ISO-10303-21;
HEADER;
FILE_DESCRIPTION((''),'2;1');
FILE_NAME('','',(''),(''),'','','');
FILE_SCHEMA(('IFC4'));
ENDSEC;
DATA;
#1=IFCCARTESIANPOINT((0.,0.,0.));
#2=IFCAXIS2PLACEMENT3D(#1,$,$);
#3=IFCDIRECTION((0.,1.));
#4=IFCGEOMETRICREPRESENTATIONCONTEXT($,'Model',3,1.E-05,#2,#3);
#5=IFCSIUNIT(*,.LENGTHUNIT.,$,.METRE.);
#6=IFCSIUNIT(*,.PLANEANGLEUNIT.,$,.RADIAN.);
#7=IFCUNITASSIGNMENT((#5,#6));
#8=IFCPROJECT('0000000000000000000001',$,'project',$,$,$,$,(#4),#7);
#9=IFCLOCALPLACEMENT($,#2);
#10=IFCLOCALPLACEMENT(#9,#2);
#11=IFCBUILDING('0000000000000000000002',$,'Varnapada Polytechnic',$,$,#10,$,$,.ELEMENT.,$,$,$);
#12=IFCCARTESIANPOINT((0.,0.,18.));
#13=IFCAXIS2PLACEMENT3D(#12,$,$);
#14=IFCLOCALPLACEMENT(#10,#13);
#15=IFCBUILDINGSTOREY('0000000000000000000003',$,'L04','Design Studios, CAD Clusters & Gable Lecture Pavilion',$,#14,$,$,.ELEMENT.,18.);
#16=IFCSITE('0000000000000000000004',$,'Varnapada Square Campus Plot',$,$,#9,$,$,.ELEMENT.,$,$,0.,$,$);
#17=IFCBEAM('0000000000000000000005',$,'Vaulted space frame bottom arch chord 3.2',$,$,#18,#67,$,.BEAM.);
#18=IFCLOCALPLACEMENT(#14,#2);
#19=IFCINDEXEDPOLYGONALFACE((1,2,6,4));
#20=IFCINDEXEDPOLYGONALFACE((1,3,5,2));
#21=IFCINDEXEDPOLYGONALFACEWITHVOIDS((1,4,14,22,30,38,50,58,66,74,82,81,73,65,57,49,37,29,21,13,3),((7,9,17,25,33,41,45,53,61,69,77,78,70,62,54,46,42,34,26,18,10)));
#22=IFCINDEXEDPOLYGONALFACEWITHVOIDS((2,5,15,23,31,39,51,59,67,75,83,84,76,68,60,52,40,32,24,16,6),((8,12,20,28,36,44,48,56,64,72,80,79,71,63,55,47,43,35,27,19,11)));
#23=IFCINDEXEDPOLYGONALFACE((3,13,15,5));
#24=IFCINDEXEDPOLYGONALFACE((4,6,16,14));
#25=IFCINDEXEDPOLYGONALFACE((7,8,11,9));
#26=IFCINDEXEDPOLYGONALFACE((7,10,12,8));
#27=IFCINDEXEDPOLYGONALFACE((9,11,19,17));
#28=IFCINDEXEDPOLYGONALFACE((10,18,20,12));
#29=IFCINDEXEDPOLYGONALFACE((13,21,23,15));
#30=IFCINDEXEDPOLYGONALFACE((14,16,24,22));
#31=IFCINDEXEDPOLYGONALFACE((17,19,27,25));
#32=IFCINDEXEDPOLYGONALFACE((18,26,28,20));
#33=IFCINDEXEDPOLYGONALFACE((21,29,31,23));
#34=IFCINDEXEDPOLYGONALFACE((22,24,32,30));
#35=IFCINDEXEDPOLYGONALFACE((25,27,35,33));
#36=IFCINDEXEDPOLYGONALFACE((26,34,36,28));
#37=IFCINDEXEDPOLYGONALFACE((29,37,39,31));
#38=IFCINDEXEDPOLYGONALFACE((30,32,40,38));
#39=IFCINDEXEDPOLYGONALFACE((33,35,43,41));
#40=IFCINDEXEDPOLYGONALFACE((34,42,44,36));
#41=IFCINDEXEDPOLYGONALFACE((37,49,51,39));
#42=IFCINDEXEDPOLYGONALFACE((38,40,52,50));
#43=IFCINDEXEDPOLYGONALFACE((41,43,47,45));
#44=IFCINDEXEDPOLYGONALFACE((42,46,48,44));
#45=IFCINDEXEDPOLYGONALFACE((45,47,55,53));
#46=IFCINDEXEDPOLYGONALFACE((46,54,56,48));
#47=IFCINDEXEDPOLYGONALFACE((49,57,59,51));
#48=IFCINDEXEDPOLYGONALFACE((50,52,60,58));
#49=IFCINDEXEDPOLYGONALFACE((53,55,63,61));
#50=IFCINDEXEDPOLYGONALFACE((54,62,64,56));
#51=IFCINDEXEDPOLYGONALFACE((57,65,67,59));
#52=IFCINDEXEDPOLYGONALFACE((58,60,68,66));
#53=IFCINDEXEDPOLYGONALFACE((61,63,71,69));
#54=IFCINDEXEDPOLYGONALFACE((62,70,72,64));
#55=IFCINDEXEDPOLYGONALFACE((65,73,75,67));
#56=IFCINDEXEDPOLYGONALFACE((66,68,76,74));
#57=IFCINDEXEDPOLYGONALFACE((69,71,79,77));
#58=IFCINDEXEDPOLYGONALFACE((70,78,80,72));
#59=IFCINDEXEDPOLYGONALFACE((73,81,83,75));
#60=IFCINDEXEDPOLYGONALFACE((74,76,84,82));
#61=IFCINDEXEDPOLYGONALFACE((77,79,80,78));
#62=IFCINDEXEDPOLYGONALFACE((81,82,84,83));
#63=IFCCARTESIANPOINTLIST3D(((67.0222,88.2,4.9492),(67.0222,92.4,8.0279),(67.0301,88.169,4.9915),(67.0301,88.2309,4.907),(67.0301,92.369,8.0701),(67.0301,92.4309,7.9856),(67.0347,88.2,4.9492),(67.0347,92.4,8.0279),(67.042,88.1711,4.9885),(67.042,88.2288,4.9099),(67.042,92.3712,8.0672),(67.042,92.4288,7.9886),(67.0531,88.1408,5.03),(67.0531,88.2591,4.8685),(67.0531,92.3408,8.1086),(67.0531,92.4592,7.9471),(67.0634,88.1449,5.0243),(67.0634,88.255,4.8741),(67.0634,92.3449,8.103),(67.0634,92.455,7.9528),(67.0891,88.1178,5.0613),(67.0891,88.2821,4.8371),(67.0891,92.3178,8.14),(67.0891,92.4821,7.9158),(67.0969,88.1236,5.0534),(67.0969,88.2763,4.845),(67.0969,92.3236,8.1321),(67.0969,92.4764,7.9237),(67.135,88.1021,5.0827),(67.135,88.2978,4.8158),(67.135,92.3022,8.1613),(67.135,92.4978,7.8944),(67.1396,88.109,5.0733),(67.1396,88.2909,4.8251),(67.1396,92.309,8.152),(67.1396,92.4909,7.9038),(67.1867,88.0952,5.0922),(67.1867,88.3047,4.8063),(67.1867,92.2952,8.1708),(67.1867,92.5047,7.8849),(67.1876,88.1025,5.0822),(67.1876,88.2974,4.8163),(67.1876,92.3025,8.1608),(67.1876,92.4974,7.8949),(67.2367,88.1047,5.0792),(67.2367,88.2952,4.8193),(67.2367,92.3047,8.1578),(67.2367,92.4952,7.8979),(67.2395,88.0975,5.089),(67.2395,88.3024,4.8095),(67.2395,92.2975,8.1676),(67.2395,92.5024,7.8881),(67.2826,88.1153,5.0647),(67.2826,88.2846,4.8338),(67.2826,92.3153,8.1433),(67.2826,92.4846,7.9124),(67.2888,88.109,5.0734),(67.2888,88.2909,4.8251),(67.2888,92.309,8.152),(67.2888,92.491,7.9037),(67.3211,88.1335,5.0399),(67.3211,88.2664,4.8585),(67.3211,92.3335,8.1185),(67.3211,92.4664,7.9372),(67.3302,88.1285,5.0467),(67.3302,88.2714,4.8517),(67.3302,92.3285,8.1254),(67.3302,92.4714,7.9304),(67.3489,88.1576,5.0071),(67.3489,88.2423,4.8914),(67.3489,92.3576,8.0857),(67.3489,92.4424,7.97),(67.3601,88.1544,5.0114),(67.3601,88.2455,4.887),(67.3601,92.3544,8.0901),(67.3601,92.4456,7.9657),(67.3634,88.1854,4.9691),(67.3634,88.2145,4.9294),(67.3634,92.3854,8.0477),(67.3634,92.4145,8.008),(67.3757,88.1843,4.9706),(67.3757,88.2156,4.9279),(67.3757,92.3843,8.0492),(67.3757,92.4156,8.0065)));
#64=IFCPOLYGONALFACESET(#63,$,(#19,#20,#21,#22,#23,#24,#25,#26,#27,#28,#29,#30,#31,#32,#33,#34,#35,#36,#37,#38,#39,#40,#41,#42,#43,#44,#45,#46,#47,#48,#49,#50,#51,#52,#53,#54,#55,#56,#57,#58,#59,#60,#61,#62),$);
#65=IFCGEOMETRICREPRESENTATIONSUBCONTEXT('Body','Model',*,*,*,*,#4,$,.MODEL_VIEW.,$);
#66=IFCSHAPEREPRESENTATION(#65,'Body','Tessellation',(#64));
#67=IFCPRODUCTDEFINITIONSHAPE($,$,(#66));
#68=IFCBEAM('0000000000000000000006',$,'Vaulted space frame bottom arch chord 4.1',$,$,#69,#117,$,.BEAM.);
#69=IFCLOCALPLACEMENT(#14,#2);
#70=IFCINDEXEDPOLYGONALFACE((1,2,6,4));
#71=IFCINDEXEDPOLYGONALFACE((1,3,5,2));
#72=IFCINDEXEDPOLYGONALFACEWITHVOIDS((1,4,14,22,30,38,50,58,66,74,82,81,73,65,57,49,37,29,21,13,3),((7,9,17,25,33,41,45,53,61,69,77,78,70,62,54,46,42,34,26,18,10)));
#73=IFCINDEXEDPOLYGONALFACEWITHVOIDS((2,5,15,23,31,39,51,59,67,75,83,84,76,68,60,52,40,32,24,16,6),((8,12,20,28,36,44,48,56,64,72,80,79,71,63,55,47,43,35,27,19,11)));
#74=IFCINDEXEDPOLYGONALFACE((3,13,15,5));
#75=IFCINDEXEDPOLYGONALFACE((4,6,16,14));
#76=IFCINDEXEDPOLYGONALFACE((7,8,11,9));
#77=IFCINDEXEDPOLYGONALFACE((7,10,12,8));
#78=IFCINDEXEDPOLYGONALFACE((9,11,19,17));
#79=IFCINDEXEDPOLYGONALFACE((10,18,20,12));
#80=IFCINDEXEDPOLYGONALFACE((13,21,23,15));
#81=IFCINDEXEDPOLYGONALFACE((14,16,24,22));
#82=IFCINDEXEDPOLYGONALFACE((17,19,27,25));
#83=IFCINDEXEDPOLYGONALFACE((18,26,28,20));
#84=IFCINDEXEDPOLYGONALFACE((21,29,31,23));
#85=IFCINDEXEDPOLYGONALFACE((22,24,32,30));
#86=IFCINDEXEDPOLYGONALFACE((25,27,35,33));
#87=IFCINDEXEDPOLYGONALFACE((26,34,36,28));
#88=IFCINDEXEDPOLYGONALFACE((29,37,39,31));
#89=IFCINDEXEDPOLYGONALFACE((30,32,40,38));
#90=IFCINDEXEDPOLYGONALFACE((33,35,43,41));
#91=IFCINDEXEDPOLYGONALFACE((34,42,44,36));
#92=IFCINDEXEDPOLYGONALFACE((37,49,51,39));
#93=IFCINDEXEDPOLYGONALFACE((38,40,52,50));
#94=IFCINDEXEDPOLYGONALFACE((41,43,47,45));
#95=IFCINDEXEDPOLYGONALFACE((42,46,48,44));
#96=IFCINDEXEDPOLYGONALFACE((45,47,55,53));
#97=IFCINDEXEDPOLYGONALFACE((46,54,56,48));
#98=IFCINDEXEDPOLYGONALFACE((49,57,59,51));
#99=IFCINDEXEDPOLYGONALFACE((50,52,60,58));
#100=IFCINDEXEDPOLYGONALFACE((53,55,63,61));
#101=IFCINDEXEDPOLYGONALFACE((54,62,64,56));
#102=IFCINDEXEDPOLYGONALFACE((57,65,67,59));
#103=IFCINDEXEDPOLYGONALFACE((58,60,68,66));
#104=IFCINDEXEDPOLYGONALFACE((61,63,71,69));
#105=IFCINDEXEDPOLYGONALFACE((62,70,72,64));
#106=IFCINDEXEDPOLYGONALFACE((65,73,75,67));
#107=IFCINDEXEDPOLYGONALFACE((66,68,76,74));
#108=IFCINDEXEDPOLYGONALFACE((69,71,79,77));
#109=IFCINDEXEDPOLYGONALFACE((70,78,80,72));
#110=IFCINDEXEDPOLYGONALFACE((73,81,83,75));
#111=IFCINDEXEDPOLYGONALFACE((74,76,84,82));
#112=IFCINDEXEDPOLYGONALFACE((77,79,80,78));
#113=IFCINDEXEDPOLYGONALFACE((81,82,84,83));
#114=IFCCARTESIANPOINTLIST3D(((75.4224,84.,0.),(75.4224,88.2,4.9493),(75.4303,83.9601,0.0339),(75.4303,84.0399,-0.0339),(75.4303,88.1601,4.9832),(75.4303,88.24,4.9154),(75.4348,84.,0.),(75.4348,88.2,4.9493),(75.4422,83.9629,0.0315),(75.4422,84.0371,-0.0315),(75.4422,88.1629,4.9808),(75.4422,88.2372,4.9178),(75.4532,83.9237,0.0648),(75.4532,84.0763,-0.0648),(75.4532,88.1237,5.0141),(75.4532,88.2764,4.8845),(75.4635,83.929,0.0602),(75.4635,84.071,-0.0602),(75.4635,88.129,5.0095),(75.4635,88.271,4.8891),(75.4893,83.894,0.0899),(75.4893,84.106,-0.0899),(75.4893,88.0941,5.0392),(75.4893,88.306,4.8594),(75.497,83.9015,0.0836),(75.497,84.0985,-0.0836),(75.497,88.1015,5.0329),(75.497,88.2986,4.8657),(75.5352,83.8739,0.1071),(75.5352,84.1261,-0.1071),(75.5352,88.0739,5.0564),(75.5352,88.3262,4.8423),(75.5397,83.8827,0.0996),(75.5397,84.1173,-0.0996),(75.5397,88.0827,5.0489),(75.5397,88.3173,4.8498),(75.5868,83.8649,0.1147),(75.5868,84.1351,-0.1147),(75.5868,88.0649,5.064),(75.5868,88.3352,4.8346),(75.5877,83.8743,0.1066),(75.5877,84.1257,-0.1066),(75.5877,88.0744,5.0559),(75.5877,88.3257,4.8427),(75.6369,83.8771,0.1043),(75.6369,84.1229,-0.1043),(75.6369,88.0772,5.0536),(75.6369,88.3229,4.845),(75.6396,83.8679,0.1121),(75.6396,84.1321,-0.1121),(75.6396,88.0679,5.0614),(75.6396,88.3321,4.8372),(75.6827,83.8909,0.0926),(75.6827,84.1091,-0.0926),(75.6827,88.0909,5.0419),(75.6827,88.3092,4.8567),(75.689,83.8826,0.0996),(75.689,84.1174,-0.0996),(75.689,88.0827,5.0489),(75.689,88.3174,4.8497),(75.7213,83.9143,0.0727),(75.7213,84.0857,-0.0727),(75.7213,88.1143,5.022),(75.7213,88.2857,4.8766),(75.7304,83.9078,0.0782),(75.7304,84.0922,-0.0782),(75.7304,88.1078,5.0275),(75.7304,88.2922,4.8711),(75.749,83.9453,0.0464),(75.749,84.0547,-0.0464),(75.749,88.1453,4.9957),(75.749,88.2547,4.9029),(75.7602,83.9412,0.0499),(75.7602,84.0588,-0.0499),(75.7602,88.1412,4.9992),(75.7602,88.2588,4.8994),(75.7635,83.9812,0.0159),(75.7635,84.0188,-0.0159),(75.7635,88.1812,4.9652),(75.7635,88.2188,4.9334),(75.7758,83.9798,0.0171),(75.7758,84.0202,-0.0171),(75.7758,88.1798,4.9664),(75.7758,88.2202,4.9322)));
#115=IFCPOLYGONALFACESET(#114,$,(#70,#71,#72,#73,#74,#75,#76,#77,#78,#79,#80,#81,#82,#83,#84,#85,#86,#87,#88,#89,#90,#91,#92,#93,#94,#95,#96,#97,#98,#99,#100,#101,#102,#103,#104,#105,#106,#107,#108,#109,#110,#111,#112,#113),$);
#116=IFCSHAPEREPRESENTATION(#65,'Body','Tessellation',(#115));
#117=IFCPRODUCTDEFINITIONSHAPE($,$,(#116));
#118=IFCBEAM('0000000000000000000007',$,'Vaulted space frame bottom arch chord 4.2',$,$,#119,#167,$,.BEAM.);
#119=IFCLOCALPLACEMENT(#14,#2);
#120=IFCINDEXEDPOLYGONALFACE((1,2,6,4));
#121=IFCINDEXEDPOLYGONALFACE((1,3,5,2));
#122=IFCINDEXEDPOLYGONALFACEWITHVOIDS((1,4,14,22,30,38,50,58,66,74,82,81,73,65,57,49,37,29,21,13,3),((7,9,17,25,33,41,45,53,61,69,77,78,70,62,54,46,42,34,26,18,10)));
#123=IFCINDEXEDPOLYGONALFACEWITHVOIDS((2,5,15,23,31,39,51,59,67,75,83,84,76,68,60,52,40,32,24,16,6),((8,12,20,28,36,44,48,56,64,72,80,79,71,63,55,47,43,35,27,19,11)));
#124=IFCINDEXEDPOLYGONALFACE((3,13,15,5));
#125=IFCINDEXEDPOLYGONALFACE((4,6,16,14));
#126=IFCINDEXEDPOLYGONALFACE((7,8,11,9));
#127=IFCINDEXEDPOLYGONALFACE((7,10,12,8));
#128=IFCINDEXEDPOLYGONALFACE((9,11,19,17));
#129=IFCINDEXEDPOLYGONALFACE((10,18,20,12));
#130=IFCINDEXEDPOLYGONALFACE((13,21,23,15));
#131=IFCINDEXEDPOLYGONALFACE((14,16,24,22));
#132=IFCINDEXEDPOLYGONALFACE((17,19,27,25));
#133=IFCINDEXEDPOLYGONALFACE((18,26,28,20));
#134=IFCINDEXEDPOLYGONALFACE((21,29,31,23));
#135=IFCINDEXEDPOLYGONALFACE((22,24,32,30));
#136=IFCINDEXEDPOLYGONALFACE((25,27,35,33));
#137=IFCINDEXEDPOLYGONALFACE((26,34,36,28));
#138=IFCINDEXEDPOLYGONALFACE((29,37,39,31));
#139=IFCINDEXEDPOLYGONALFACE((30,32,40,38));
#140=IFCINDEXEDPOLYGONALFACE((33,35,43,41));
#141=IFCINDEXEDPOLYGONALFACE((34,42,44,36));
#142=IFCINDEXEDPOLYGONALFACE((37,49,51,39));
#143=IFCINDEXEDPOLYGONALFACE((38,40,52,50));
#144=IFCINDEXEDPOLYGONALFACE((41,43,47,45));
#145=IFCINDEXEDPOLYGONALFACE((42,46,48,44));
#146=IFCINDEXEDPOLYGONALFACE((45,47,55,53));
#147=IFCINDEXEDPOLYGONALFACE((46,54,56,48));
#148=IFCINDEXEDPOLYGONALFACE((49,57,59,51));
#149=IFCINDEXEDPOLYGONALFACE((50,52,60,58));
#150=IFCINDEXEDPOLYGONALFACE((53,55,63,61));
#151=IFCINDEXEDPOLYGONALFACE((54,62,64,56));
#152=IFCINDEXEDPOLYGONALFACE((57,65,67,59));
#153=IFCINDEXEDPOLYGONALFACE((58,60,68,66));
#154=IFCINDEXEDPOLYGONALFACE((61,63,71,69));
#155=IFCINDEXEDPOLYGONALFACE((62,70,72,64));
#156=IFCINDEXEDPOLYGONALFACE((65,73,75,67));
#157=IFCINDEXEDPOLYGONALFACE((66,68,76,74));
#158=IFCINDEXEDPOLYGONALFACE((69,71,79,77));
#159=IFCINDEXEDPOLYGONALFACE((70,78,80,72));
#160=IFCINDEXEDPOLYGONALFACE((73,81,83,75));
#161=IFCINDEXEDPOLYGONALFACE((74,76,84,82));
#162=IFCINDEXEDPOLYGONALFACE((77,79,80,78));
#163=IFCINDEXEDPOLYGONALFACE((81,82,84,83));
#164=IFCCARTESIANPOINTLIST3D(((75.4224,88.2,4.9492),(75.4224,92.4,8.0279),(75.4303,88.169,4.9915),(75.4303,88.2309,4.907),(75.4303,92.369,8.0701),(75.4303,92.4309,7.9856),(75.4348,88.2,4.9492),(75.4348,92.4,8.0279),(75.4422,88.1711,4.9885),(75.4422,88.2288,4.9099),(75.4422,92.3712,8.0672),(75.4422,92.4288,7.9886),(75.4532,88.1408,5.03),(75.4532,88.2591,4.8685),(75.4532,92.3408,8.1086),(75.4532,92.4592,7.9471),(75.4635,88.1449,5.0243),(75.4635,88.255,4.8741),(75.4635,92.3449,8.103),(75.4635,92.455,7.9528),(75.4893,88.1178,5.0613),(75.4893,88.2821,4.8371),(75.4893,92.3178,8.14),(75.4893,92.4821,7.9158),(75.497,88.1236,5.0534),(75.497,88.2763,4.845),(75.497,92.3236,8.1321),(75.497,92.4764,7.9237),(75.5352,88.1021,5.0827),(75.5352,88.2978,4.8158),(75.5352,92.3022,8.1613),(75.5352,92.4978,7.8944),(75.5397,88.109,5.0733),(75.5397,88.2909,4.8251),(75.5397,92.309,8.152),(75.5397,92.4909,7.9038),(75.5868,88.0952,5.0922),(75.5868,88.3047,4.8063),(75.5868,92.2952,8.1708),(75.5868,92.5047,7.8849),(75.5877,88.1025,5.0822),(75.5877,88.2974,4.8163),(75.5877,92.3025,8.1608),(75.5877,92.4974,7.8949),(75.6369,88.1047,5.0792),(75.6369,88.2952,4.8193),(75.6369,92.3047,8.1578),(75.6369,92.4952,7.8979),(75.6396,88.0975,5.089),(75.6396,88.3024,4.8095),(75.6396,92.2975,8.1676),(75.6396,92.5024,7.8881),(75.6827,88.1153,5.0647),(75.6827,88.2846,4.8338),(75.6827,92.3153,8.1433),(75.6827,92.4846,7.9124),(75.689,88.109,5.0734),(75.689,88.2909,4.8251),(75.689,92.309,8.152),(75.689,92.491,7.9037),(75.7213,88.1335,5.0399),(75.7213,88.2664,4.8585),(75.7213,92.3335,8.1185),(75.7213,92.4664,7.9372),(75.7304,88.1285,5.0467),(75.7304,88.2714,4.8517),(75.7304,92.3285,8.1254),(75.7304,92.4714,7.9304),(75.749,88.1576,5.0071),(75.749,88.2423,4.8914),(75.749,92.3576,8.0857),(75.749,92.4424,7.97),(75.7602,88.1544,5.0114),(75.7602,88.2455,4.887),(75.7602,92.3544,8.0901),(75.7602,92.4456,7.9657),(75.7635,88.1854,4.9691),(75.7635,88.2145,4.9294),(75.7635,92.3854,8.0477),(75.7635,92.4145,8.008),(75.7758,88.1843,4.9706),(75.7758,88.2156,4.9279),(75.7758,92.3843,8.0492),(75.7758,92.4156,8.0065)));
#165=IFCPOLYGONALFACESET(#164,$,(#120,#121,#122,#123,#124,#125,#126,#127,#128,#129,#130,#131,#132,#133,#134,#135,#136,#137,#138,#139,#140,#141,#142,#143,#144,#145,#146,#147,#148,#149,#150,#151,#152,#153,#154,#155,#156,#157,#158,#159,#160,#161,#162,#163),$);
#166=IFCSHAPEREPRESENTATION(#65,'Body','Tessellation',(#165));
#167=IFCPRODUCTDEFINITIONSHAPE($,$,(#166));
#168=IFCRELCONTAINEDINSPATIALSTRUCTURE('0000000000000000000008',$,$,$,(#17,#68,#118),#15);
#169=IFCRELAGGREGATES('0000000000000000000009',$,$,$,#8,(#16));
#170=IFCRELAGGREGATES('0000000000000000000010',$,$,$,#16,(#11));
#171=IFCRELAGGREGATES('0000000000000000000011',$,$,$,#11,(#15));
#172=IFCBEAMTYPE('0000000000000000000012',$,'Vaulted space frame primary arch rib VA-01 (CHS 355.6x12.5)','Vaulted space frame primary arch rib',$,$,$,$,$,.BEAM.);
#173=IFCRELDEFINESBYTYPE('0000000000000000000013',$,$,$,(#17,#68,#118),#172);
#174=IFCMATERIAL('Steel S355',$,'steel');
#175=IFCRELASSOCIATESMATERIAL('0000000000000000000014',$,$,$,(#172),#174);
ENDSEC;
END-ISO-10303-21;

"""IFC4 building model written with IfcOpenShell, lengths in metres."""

from ifc_helpers import new_model, si_unit, direction, frame, origin, origin_2d, place, context, subcontext, project, spatial, hollow_circle, extrude, material, material_profile, profile_set, type_object, element, save


model = new_model("IFC4")

# Units and contexts
model_context = context("Model", 3, precision=1e-05, world=origin(), true_north=direction((0.0, 1.0)))
body_context = subcontext(model_context, "Body", "Model", "MODEL_VIEW")
ifc_project = project(units=[si_unit("LENGTHUNIT", "METRE"), si_unit("PLANEANGLEUNIT", "RADIAN")], contexts=[model_context])

# Site, building, storey
site_placement = place(None, origin())
site = spatial("IfcSite", under=ifc_project, at=site_placement, Name="Varnapada Square Campus Plot", CompositionType="ELEMENT", RefElevation=0.0)
building_placement = place(site_placement, origin())
building = spatial("IfcBuilding", under=site, at=building_placement, Name="Varnapada Polytechnic", CompositionType="ELEMENT")
storey_placement = place(building_placement, frame((0.0, 0.0, 18.0)))
storey = spatial("IfcBuildingStorey", under=building, at=storey_placement, Name="L04", Description="Design Studios, CAD Clusters & Gable Lecture Pavilion", CompositionType="ELEMENT", Elevation=18.0)

# Shared definitions
ifc_material = material(Name="Steel S355", Category="steel")

# Beams
ifc_material_profile_1 = material_profile(ifc_material, hollow_circle(Radius=0.1777, WallThickness=0.0125, at=origin_2d()), Name="CHS 355.6x12.5")
ifc_profile_set_1 = profile_set([ifc_material_profile_1], Name="Steel S355")
beam_type_1 = type_object("IfcBeamType", Name="Vaulted space frame primary arch rib VA-01 (CHS 355.6x12.5)", Description="Vaulted space frame primary arch rib", PredefinedType="BEAM", material=ifc_profile_set_1)
beam_1_placement = place(storey_placement, frame((67.2, 88.2, 4.9492), z_axis=(0.0, 0.806529, 0.591195), x_axis=(-1.0, 0.0, 0.0)))
element("IfcBeam", 1, at=beam_1_placement, inside=storey, type_object=beam_type_1, Name="Vaulted space frame bottom arch chord 3.2", PredefinedType="BEAM", context=body_context, shape_type="SweptSolid", body=[
    extrude(hollow_circle(Radius=0.1777, WallThickness=0.0125, at=origin_2d()), origin(), (0.0, 0.0, 1.0), 5.2075),
])
beam_2_placement = place(storey_placement, frame((75.6001, 84.0, 0.0), z_axis=(0.0, 0.647032, 0.762462), x_axis=(-1.0, 0.0, 0.0)))
element("IfcBeam", 2, at=beam_2_placement, inside=storey, type_object=beam_type_1, Name="Vaulted space frame bottom arch chord 4.1", PredefinedType="BEAM", context=body_context, shape_type="SweptSolid", body=[
    extrude(hollow_circle(Radius=0.1777, WallThickness=0.0125, at=origin_2d()), origin(), (0.0, 0.0, 1.0), 6.4912),
])
beam_3_placement = place(storey_placement, frame((75.6001, 88.2, 4.9492), z_axis=(0.0, 0.806529, 0.591195), x_axis=(-1.0, 0.0, 0.0)))
element("IfcBeam", 3, at=beam_3_placement, inside=storey, type_object=beam_type_1, Name="Vaulted space frame bottom arch chord 4.2", PredefinedType="BEAM", context=body_context, shape_type="SweptSolid", body=[
    extrude(hollow_circle(Radius=0.1777, WallThickness=0.0125, at=origin_2d()), origin(), (0.0, 0.0, 1.0), 5.2075),
])

save(model, "model.ifc")
